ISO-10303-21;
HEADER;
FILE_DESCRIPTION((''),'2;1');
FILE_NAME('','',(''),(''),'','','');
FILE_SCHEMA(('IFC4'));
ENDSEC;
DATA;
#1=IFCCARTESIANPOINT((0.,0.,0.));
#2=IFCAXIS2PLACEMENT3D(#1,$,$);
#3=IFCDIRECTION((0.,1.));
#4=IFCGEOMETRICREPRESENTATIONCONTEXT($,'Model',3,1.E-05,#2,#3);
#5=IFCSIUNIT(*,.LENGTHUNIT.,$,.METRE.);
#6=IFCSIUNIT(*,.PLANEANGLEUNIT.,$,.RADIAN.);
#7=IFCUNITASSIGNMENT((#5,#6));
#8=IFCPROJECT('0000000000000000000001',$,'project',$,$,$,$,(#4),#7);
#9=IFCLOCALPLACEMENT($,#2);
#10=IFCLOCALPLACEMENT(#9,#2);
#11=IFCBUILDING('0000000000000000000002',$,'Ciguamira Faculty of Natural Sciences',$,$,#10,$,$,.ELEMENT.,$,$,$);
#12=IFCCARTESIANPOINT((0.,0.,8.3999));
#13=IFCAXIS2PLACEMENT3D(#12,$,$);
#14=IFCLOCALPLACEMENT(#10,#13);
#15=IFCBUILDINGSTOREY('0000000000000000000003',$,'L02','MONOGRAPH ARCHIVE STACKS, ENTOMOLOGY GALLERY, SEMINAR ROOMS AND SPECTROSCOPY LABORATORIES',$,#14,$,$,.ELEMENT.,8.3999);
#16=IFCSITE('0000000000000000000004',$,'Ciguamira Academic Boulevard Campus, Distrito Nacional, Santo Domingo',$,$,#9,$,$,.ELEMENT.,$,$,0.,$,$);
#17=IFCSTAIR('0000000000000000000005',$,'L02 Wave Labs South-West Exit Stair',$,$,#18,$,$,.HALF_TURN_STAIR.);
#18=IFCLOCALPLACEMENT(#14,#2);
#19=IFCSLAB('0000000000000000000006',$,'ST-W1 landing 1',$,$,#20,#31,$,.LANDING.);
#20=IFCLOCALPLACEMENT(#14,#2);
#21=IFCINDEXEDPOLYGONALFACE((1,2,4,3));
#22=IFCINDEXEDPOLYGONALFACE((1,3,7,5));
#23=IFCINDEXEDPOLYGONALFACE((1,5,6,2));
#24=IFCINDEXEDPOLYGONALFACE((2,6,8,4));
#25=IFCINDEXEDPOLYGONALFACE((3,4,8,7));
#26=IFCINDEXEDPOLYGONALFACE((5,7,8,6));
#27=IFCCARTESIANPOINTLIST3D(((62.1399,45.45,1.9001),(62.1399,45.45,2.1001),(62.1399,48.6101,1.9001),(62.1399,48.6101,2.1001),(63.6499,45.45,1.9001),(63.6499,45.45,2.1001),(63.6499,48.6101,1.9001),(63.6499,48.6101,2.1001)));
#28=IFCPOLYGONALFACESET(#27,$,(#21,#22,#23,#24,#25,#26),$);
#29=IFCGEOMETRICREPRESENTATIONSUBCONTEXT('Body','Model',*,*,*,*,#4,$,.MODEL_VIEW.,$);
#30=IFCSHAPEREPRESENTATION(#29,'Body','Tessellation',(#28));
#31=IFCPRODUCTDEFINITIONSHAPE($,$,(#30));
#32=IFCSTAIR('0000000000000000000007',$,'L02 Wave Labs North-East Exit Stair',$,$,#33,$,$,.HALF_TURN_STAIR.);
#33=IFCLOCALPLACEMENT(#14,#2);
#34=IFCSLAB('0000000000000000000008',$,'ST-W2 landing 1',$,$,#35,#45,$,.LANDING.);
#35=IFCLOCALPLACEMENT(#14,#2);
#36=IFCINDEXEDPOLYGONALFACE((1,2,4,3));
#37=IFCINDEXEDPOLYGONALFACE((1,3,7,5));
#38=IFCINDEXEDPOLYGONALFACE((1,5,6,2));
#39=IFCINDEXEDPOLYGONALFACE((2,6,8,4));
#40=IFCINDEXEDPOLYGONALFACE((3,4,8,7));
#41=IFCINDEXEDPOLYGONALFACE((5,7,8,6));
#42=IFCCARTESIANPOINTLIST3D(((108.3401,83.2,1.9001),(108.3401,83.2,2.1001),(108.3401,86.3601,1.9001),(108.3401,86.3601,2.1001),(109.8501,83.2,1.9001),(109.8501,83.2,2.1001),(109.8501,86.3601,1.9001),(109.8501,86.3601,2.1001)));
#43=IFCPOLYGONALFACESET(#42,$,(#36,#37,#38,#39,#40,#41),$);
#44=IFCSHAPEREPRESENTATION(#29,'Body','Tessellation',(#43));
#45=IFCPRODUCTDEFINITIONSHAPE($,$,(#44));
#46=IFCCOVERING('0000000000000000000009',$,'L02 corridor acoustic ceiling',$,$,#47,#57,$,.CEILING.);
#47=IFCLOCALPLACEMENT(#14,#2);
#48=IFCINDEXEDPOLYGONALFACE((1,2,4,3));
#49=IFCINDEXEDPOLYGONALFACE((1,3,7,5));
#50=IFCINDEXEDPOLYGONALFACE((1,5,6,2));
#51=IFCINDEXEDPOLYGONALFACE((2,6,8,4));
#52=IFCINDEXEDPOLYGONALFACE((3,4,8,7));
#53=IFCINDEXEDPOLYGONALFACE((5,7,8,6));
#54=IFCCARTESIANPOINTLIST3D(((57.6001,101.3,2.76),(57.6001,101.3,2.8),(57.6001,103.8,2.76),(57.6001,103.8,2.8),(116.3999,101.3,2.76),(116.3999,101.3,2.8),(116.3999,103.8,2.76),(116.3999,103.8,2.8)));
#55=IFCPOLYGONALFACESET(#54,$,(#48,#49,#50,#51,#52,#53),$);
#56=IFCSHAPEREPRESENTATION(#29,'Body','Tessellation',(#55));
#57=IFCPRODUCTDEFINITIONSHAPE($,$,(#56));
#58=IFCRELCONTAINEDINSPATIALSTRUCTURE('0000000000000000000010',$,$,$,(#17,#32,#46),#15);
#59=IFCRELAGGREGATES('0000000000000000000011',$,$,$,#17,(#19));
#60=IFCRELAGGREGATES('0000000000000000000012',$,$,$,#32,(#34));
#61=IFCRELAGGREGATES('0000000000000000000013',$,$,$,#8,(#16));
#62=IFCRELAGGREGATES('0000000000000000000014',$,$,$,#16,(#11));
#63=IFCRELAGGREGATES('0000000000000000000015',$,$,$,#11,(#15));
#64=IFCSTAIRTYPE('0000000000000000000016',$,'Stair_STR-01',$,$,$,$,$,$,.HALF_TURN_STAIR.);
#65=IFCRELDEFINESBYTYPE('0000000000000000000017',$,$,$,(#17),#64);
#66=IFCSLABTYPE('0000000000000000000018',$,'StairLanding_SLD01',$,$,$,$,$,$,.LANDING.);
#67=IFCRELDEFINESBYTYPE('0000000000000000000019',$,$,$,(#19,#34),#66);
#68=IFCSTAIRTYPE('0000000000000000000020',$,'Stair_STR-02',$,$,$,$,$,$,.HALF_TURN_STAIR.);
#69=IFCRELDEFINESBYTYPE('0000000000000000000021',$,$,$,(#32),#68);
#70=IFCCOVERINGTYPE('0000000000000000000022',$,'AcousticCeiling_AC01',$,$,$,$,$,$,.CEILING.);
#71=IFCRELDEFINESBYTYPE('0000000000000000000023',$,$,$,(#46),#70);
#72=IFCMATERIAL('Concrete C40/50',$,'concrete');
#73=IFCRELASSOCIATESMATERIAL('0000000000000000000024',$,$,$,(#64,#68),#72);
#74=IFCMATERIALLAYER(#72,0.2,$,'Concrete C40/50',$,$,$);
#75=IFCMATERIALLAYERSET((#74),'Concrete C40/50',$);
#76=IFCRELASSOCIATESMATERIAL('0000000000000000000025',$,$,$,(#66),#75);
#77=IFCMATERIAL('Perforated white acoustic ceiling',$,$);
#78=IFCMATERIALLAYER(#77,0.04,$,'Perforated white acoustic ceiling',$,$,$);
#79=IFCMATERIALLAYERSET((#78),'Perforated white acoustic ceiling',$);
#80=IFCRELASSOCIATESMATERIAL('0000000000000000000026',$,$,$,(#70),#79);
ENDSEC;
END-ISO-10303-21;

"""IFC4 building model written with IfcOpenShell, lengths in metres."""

from ifc_helpers import new_model, si_unit, direction, frame, origin, place, context, subcontext, project, spatial, polyline, outline, extrude, material, layer, layer_set, type_object, element, aggregate, save


model = new_model("IFC4")

# Units and contexts
model_context = context("Model", 3, precision=1e-05, world=origin(), true_north=direction((0.0, 1.0)))
body_context = subcontext(model_context, "Body", "Model", "MODEL_VIEW")
ifc_project = project(units=[si_unit("LENGTHUNIT", "METRE"), si_unit("PLANEANGLEUNIT", "RADIAN")], contexts=[model_context])

# Site, building, storey
site_placement = place(None, origin())
site = spatial("IfcSite", under=ifc_project, at=site_placement, Name="Ciguamira Academic Boulevard Campus, Distrito Nacional, Santo Domingo", CompositionType="ELEMENT", RefElevation=0.0)
building_placement = place(site_placement, origin())
building = spatial("IfcBuilding", under=site, at=building_placement, Name="Ciguamira Faculty of Natural Sciences", CompositionType="ELEMENT")
storey_placement = place(building_placement, frame((0.0, 0.0, 8.3999)))
storey = spatial("IfcBuildingStorey", under=building, at=storey_placement, Name="L02", Description="MONOGRAPH ARCHIVE STACKS, ENTOMOLOGY GALLERY, SEMINAR ROOMS AND SPECTROSCOPY LABORATORIES", CompositionType="ELEMENT", Elevation=8.3999)

# Shared definitions
ifc_material_1 = material(Name="Concrete C40/50", Category="concrete")

# Stairs, slabs
stair_type_1 = type_object("IfcStairType", Name="Stair_STR-01", PredefinedType="HALF_TURN_STAIR", material=ifc_material_1)
ifc_layer_1 = layer(ifc_material_1, 0.2, Name="Concrete C40/50")
ifc_layer_set_1 = layer_set([ifc_layer_1], Name="Concrete C40/50")
slab_type_1 = type_object("IfcSlabType", Name="StairLanding_SLD01", PredefinedType="LANDING", material=ifc_layer_set_1)
stair_type_2 = type_object("IfcStairType", Name="Stair_STR-02", PredefinedType="HALF_TURN_STAIR", material=ifc_material_1)
stair_1_placement = place(storey_placement, origin())
stair_1 = element("IfcStair", 1, at=stair_1_placement, inside=storey, type_object=stair_type_1, Name="L02 Wave Labs South-West Exit Stair", PredefinedType="HALF_TURN_STAIR")
slab_1_placement = place(storey_placement, frame((0.0, 0.0, 1.9001)))
slab_1 = element("IfcSlab", 2, at=slab_1_placement, type_object=slab_type_1, Name="ST-W1 landing 1", PredefinedType="LANDING", context=body_context, shape_type="SweptSolid", body=[
    extrude(outline(polyline([(62.1399, 45.45), (63.6499, 45.45), (63.6499, 48.6101), (62.1399, 48.6101), (62.1399, 45.45)])), origin(), (0.0, 0.0, 1.0), 0.2),
])
aggregate(stair_1, [slab_1])
stair_2_placement = place(storey_placement, origin())
stair_2 = element("IfcStair", 3, at=stair_2_placement, inside=storey, type_object=stair_type_2, Name="L02 Wave Labs North-East Exit Stair", PredefinedType="HALF_TURN_STAIR")
slab_2_placement = place(storey_placement, frame((0.0, 0.0, 1.9001)))
slab_2 = element("IfcSlab", 4, at=slab_2_placement, type_object=slab_type_1, Name="ST-W2 landing 1", PredefinedType="LANDING", context=body_context, shape_type="SweptSolid", body=[
    extrude(outline(polyline([(108.3401, 83.2), (109.8501, 83.2), (109.8501, 86.3601), (108.3401, 86.3601), (108.3401, 83.2)])), origin(), (0.0, 0.0, 1.0), 0.2),
])
aggregate(stair_2, [slab_2])

# Covering
ifc_material_2 = material(Name="Perforated white acoustic ceiling")
ifc_layer_2 = layer(ifc_material_2, 0.04, Name="Perforated white acoustic ceiling")
ifc_layer_set_2 = layer_set([ifc_layer_2], Name="Perforated white acoustic ceiling")
covering_type = type_object("IfcCoveringType", Name="AcousticCeiling_AC01", PredefinedType="CEILING", material=ifc_layer_set_2)
covering_placement = place(storey_placement, frame((0.0, 0.0, 2.76)))
element("IfcCovering", 5, at=covering_placement, inside=storey, type_object=covering_type, Name="L02 corridor acoustic ceiling", PredefinedType="CEILING", context=body_context, shape_type="SweptSolid", body=[
    extrude(outline(polyline([(57.6001, 101.3), (116.3999, 101.3), (116.3999, 103.8), (57.6001, 103.8), (57.6001, 101.3)])), origin(), (0.0, 0.0, 1.0), 0.04),
])

save(model, "model.ifc")
